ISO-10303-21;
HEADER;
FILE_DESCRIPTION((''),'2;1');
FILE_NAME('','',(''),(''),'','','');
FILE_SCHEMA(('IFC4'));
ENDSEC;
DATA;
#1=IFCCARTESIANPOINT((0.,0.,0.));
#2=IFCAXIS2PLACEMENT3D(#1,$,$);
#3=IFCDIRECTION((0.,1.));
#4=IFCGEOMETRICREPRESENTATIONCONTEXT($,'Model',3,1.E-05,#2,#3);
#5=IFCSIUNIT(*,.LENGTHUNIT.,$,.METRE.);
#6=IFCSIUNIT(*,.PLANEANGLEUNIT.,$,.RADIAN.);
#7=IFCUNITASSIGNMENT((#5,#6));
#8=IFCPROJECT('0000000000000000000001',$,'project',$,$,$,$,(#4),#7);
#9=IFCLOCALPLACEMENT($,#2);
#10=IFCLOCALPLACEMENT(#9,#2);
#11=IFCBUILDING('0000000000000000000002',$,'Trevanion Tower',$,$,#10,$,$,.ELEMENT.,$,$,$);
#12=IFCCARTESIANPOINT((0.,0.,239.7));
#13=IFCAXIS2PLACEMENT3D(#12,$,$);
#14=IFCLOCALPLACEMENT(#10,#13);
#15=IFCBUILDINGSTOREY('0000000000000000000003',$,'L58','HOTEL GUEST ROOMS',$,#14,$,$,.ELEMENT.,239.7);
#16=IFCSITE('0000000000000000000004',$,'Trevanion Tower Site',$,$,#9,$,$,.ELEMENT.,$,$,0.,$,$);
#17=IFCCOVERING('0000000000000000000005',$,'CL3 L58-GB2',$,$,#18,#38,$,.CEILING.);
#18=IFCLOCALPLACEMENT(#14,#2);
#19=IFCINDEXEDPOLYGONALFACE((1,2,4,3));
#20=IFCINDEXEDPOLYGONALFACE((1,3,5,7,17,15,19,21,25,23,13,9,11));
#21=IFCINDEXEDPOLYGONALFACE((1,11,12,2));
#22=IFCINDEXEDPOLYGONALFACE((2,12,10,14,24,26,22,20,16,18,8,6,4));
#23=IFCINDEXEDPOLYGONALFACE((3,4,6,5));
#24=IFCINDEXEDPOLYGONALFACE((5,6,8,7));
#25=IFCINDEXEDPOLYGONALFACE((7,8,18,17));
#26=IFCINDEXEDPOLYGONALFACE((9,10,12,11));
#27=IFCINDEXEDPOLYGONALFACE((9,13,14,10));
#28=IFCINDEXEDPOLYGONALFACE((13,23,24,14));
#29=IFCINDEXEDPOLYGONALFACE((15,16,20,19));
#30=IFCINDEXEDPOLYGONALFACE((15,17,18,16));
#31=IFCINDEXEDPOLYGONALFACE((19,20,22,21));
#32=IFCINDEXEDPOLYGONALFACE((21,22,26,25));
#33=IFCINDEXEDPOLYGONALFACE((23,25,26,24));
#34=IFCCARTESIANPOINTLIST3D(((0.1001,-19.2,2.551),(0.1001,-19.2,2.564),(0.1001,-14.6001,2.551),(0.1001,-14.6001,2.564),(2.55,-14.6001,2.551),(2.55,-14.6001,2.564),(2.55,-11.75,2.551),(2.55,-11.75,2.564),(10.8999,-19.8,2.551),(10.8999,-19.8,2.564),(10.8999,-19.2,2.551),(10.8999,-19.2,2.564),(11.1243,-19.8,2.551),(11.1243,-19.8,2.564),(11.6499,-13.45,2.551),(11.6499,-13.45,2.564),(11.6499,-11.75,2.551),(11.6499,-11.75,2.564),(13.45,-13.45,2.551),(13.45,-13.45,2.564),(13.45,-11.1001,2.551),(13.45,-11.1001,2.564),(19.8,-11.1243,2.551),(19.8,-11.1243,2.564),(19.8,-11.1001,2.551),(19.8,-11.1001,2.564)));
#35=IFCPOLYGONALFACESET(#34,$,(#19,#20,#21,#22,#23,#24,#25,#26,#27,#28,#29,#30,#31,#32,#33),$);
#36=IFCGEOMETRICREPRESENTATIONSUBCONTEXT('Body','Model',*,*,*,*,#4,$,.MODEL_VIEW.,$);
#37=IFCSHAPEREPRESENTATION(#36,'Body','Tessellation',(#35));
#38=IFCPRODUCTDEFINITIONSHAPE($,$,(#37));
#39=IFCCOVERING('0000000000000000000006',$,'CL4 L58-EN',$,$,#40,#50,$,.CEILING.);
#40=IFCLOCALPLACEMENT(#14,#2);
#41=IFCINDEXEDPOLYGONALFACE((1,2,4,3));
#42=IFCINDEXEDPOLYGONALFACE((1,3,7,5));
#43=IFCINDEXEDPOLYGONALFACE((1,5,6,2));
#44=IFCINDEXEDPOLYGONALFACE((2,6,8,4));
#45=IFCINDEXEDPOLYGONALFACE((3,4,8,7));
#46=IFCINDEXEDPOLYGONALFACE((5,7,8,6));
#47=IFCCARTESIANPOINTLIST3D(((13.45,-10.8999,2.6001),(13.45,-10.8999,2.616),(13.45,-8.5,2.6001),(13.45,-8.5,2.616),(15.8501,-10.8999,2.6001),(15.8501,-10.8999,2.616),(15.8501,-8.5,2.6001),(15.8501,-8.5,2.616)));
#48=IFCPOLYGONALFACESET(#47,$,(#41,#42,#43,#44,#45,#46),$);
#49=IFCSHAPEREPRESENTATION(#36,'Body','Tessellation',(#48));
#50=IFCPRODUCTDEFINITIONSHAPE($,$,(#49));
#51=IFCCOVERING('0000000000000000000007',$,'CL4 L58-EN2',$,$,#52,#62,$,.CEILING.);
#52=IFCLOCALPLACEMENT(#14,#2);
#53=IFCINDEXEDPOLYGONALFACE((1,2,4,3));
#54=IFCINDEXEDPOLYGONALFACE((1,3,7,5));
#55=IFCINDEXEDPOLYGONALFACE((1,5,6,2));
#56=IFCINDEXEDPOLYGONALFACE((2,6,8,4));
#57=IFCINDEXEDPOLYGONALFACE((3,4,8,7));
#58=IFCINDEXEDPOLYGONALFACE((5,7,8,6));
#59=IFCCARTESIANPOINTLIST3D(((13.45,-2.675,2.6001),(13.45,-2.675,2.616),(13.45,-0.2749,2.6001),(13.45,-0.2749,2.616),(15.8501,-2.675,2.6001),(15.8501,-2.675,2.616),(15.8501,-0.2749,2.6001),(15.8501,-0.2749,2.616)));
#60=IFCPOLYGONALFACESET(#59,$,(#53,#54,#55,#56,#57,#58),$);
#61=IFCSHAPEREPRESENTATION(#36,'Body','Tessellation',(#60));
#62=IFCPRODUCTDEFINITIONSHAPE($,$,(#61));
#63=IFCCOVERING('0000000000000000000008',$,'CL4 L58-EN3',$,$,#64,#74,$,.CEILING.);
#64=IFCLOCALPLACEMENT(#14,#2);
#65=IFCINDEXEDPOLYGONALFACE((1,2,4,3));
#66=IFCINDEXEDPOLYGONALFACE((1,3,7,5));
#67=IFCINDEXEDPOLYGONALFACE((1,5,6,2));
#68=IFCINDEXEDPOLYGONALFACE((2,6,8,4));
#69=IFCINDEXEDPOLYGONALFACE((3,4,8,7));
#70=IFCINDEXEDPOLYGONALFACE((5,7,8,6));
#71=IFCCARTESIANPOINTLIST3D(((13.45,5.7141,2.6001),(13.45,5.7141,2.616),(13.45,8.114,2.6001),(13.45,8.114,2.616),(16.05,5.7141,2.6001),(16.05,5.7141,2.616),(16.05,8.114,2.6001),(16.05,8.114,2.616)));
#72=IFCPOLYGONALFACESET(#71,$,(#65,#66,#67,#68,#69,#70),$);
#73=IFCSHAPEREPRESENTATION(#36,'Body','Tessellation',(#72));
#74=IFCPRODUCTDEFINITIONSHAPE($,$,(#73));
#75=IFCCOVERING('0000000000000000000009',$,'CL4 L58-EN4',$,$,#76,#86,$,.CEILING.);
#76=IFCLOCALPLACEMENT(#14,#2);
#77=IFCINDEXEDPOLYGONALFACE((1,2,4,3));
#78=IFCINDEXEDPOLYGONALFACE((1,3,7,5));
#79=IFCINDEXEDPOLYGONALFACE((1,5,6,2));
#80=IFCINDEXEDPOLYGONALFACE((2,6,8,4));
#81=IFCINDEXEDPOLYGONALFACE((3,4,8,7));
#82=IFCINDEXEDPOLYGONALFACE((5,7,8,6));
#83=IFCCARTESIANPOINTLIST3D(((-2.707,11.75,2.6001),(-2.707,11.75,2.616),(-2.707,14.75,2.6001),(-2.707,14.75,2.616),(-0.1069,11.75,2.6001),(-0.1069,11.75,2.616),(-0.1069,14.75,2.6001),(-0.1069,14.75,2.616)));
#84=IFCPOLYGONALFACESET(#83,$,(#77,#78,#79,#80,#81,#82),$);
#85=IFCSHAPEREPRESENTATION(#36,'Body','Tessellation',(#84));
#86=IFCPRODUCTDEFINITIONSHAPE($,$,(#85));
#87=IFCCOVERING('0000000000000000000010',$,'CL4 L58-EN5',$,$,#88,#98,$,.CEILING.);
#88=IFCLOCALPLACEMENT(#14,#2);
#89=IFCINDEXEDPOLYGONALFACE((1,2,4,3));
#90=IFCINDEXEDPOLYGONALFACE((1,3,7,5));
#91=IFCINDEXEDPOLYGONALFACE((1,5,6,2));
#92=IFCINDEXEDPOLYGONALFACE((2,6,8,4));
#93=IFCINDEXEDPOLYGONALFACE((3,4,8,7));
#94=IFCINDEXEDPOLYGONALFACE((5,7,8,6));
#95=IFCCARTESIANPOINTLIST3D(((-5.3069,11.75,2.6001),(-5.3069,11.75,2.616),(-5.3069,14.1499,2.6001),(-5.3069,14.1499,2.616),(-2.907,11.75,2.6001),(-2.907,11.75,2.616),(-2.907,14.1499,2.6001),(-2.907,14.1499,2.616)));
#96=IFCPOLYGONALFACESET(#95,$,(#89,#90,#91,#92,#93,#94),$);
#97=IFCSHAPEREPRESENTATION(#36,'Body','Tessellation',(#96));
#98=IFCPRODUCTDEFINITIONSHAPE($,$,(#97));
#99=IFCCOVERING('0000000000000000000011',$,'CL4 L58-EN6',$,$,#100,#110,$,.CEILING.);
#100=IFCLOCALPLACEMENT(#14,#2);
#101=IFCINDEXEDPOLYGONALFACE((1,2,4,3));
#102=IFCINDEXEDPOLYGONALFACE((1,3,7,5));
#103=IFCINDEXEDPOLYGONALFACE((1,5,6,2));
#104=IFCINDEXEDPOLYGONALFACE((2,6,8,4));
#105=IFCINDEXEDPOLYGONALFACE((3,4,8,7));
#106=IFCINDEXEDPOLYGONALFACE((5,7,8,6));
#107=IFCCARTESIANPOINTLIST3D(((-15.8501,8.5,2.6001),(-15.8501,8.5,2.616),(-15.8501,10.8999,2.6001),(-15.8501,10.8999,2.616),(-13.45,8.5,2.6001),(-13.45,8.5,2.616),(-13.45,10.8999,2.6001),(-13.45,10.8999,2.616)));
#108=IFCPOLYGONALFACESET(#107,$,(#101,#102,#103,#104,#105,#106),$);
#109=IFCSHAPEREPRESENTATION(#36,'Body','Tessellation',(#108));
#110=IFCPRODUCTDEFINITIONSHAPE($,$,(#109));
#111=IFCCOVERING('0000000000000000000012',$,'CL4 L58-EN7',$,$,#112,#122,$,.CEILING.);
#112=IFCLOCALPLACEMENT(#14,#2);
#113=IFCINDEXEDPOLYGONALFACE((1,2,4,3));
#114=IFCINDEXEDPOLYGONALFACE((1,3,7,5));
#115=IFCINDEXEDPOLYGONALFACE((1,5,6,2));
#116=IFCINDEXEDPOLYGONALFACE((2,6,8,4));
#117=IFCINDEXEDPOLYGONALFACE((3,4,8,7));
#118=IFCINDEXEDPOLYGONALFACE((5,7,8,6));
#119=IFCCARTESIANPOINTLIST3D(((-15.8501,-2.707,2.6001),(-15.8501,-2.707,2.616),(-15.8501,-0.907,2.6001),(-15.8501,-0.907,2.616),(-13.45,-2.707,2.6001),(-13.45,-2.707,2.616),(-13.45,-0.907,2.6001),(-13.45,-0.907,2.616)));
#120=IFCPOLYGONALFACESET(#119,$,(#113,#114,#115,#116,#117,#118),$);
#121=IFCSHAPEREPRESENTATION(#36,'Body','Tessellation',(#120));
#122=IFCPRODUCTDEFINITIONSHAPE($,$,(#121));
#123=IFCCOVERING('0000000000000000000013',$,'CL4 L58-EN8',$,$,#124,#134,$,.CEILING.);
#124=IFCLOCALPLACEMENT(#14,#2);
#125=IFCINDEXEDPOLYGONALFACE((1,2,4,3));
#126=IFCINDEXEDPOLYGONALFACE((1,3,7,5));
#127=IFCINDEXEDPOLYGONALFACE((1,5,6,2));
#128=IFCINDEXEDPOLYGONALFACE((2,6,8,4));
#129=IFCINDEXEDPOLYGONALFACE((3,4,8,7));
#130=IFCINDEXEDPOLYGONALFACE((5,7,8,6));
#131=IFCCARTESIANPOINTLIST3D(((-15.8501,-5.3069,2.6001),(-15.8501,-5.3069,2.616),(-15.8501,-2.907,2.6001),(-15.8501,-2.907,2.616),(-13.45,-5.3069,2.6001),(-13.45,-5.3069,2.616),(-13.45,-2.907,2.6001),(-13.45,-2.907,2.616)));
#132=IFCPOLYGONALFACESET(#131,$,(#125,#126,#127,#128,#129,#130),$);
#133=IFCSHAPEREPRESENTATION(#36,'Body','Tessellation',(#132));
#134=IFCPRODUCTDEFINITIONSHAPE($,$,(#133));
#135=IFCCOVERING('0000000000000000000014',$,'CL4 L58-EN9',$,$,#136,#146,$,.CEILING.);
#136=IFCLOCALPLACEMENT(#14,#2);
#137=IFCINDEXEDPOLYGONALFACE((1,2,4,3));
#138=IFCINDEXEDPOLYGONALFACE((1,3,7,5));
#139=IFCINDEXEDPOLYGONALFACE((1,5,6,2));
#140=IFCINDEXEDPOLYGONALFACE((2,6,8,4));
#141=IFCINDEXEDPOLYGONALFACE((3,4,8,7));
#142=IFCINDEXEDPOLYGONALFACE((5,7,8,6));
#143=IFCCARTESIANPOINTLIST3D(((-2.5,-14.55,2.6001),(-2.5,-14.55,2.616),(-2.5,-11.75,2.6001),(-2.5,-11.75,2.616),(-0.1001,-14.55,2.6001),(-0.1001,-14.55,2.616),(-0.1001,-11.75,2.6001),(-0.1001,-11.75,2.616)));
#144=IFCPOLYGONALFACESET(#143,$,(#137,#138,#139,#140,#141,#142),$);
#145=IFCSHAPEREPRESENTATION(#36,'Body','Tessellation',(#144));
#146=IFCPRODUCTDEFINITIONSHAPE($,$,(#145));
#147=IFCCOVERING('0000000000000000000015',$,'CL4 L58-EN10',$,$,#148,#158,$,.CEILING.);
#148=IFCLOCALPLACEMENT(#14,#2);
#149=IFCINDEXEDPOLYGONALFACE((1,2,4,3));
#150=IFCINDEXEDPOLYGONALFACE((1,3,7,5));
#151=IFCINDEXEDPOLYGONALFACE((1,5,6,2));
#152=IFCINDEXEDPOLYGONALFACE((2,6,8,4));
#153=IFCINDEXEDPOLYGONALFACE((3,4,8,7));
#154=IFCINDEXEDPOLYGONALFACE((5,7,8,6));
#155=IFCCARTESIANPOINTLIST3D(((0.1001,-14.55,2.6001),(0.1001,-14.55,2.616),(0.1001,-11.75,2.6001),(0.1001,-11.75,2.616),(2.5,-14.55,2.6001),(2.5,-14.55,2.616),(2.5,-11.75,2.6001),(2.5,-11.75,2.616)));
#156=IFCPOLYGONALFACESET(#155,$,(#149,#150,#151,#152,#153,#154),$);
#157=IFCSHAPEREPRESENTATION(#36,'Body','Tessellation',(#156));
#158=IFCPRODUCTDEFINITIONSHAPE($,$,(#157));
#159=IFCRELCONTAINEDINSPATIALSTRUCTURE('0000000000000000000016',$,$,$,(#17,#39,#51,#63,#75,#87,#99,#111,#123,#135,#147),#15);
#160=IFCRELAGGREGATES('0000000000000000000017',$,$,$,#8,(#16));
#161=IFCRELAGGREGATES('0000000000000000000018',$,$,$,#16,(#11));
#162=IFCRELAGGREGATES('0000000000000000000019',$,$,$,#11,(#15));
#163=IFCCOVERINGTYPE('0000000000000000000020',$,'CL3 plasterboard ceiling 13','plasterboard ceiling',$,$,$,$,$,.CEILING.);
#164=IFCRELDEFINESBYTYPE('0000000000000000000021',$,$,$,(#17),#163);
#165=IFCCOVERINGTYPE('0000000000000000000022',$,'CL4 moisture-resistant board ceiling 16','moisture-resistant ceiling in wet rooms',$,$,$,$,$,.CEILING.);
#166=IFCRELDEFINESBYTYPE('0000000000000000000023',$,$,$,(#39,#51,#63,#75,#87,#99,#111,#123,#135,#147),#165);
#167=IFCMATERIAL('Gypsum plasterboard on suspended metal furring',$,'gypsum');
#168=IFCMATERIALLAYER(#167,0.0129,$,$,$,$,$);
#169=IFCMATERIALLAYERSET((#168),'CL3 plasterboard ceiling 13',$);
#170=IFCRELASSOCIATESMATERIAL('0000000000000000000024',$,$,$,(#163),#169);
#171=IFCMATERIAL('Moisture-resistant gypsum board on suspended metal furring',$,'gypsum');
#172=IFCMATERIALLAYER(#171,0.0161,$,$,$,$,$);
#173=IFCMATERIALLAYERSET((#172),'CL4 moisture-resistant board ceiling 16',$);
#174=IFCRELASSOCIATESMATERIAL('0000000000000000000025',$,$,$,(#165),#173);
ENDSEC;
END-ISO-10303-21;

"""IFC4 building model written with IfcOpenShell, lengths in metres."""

from ifc_helpers import new_model, si_unit, direction, frame, origin, place, context, subcontext, project, spatial, polyline, outline, extrude, material, layer, layer_set, type_object, element, save


model = new_model("IFC4")

# Units and contexts
model_context = context("Model", 3, precision=1e-05, world=origin(), true_north=direction((0.0, 1.0)))
body_context = subcontext(model_context, "Body", "Model", "MODEL_VIEW")
ifc_project = project(units=[si_unit("LENGTHUNIT", "METRE"), si_unit("PLANEANGLEUNIT", "RADIAN")], contexts=[model_context])

# Site, building, storey
site_placement = place(None, origin())
site = spatial("IfcSite", under=ifc_project, at=site_placement, Name="Trevanion Tower Site", CompositionType="ELEMENT", RefElevation=0.0)
building_placement = place(site_placement, origin())
building = spatial("IfcBuilding", under=site, at=building_placement, Name="Trevanion Tower", CompositionType="ELEMENT")
storey_placement = place(building_placement, frame((0.0, 0.0, 239.7)))
storey = spatial("IfcBuildingStorey", under=building, at=storey_placement, Name="L58", Description="HOTEL GUEST ROOMS", CompositionType="ELEMENT", Elevation=239.7)

# Coverings
ifc_material_1 = material(Name="Gypsum plasterboard on suspended metal furring", Category="gypsum")
ifc_layer_1 = layer(ifc_material_1, 0.0129)
ifc_layer_set_1 = layer_set([ifc_layer_1], Name="CL3 plasterboard ceiling 13")
covering_type_1 = type_object("IfcCoveringType", Name="CL3 plasterboard ceiling 13", Description="plasterboard ceiling", PredefinedType="CEILING", material=ifc_layer_set_1)
covering_1_placement = place(storey_placement, frame((0.0, 0.0, 2.551)))
element("IfcCovering", 1, at=covering_1_placement, inside=storey, type_object=covering_type_1, Name="CL3 L58-GB2", PredefinedType="CEILING", context=body_context, shape_type="SweptSolid", body=[
    extrude(outline(polyline([(13.45, -11.1001), (19.8, -11.1001), (19.8, -11.1243), (11.1243, -19.8), (10.8999, -19.8), (10.8999, -19.2), (0.1001, -19.2), (0.1001, -14.6001), (2.55, -14.6001), (2.55, -11.75), (11.6499, -11.75), (11.6499, -13.45), (13.45, -13.45), (13.45, -11.1001)])), origin(), (0.0, 0.0, 1.0), 0.0129),
])
ifc_material_2 = material(Name="Moisture-resistant gypsum board on suspended metal furring", Category="gypsum")
ifc_layer_2 = layer(ifc_material_2, 0.0161)
ifc_layer_set_2 = layer_set([ifc_layer_2], Name="CL4 moisture-resistant board ceiling 16")
covering_type_2 = type_object("IfcCoveringType", Name="CL4 moisture-resistant board ceiling 16", Description="moisture-resistant ceiling in wet rooms", PredefinedType="CEILING", material=ifc_layer_set_2)
covering_2_placement = place(storey_placement, frame((0.0, 0.0, 2.6001)))
element("IfcCovering", 2, at=covering_2_placement, inside=storey, type_object=covering_type_2, Name="CL4 L58-EN", PredefinedType="CEILING", context=body_context, shape_type="SweptSolid", body=[
    extrude(outline(polyline([(15.8501, -10.8999), (15.8501, -8.5), (13.45, -8.5), (13.45, -10.8999), (15.8501, -10.8999)])), origin(), (0.0, 0.0, 1.0), 0.0159),
])
covering_3_placement = place(storey_placement, frame((0.0, 0.0, 2.6001)))
element("IfcCovering", 3, at=covering_3_placement, inside=storey, type_object=covering_type_2, Name="CL4 L58-EN2", PredefinedType="CEILING", context=body_context, shape_type="SweptSolid", body=[
    extrude(outline(polyline([(15.8501, -2.675), (15.8501, -0.2749), (13.45, -0.2749), (13.45, -2.675), (15.8501, -2.675)])), origin(), (0.0, 0.0, 1.0), 0.0159),
])
covering_4_placement = place(storey_placement, frame((0.0, 0.0, 2.6001)))
element("IfcCovering", 4, at=covering_4_placement, inside=storey, type_object=covering_type_2, Name="CL4 L58-EN3", PredefinedType="CEILING", context=body_context, shape_type="SweptSolid", body=[
    extrude(outline(polyline([(16.05, 5.7141), (16.05, 8.114), (13.45, 8.114), (13.45, 5.7141), (16.05, 5.7141)])), origin(), (0.0, 0.0, 1.0), 0.0159),
])
covering_5_placement = place(storey_placement, frame((0.0, 0.0, 2.6001)))
element("IfcCovering", 5, at=covering_5_placement, inside=storey, type_object=covering_type_2, Name="CL4 L58-EN4", PredefinedType="CEILING", context=body_context, shape_type="SweptSolid", body=[
    extrude(outline(polyline([(-0.1069, 14.75), (-2.707, 14.75), (-2.707, 11.75), (-0.1069, 11.75), (-0.1069, 14.75)])), origin(), (0.0, 0.0, 1.0), 0.0159),
])
covering_6_placement = place(storey_placement, frame((0.0, 0.0, 2.6001)))
element("IfcCovering", 6, at=covering_6_placement, inside=storey, type_object=covering_type_2, Name="CL4 L58-EN5", PredefinedType="CEILING", context=body_context, shape_type="SweptSolid", body=[
    extrude(outline(polyline([(-2.907, 14.1499), (-5.3069, 14.1499), (-5.3069, 11.75), (-2.907, 11.75), (-2.907, 14.1499)])), origin(), (0.0, 0.0, 1.0), 0.0159),
])
covering_7_placement = place(storey_placement, frame((0.0, 0.0, 2.6001)))
element("IfcCovering", 7, at=covering_7_placement, inside=storey, type_object=covering_type_2, Name="CL4 L58-EN6", PredefinedType="CEILING", context=body_context, shape_type="SweptSolid", body=[
    extrude(outline(polyline([(-15.8501, 10.8999), (-15.8501, 8.5), (-13.45, 8.5), (-13.45, 10.8999), (-15.8501, 10.8999)])), origin(), (0.0, 0.0, 1.0), 0.0159),
])
covering_8_placement = place(storey_placement, frame((0.0, 0.0, 2.6001)))
element("IfcCovering", 8, at=covering_8_placement, inside=storey, type_object=covering_type_2, Name="CL4 L58-EN7", PredefinedType="CEILING", context=body_context, shape_type="SweptSolid", body=[
    extrude(outline(polyline([(-15.8501, -0.907), (-15.8501, -2.707), (-13.45, -2.707), (-13.45, -0.907), (-15.8501, -0.907)])), origin(), (0.0, 0.0, 1.0), 0.0159),
])
covering_9_placement = place(storey_placement, frame((0.0, 0.0, 2.6001)))
element("IfcCovering", 9, at=covering_9_placement, inside=storey, type_object=covering_type_2, Name="CL4 L58-EN8", PredefinedType="CEILING", context=body_context, shape_type="SweptSolid", body=[
    extrude(outline(polyline([(-15.8501, -2.907), (-15.8501, -5.3069), (-13.45, -5.3069), (-13.45, -2.907), (-15.8501, -2.907)])), origin(), (0.0, 0.0, 1.0), 0.0159),
])
covering_10_placement = place(storey_placement, frame((0.0, 0.0, 2.6001)))
element("IfcCovering", 10, at=covering_10_placement, inside=storey, type_object=covering_type_2, Name="CL4 L58-EN9", PredefinedType="CEILING", context=body_context, shape_type="SweptSolid", body=[
    extrude(outline(polyline([(-2.5, -14.55), (-0.1001, -14.55), (-0.1001, -11.75), (-2.5, -11.75), (-2.5, -14.55)])), origin(), (0.0, 0.0, 1.0), 0.0159),
])
covering_11_placement = place(storey_placement, frame((0.0, 0.0, 2.6001)))
element("IfcCovering", 11, at=covering_11_placement, inside=storey, type_object=covering_type_2, Name="CL4 L58-EN10", PredefinedType="CEILING", context=body_context, shape_type="SweptSolid", body=[
    extrude(outline(polyline([(0.1001, -14.55), (2.5, -14.55), (2.5, -11.75), (0.1001, -11.75), (0.1001, -14.55)])), origin(), (0.0, 0.0, 1.0), 0.0159),
])

save(model, "model.ifc")
